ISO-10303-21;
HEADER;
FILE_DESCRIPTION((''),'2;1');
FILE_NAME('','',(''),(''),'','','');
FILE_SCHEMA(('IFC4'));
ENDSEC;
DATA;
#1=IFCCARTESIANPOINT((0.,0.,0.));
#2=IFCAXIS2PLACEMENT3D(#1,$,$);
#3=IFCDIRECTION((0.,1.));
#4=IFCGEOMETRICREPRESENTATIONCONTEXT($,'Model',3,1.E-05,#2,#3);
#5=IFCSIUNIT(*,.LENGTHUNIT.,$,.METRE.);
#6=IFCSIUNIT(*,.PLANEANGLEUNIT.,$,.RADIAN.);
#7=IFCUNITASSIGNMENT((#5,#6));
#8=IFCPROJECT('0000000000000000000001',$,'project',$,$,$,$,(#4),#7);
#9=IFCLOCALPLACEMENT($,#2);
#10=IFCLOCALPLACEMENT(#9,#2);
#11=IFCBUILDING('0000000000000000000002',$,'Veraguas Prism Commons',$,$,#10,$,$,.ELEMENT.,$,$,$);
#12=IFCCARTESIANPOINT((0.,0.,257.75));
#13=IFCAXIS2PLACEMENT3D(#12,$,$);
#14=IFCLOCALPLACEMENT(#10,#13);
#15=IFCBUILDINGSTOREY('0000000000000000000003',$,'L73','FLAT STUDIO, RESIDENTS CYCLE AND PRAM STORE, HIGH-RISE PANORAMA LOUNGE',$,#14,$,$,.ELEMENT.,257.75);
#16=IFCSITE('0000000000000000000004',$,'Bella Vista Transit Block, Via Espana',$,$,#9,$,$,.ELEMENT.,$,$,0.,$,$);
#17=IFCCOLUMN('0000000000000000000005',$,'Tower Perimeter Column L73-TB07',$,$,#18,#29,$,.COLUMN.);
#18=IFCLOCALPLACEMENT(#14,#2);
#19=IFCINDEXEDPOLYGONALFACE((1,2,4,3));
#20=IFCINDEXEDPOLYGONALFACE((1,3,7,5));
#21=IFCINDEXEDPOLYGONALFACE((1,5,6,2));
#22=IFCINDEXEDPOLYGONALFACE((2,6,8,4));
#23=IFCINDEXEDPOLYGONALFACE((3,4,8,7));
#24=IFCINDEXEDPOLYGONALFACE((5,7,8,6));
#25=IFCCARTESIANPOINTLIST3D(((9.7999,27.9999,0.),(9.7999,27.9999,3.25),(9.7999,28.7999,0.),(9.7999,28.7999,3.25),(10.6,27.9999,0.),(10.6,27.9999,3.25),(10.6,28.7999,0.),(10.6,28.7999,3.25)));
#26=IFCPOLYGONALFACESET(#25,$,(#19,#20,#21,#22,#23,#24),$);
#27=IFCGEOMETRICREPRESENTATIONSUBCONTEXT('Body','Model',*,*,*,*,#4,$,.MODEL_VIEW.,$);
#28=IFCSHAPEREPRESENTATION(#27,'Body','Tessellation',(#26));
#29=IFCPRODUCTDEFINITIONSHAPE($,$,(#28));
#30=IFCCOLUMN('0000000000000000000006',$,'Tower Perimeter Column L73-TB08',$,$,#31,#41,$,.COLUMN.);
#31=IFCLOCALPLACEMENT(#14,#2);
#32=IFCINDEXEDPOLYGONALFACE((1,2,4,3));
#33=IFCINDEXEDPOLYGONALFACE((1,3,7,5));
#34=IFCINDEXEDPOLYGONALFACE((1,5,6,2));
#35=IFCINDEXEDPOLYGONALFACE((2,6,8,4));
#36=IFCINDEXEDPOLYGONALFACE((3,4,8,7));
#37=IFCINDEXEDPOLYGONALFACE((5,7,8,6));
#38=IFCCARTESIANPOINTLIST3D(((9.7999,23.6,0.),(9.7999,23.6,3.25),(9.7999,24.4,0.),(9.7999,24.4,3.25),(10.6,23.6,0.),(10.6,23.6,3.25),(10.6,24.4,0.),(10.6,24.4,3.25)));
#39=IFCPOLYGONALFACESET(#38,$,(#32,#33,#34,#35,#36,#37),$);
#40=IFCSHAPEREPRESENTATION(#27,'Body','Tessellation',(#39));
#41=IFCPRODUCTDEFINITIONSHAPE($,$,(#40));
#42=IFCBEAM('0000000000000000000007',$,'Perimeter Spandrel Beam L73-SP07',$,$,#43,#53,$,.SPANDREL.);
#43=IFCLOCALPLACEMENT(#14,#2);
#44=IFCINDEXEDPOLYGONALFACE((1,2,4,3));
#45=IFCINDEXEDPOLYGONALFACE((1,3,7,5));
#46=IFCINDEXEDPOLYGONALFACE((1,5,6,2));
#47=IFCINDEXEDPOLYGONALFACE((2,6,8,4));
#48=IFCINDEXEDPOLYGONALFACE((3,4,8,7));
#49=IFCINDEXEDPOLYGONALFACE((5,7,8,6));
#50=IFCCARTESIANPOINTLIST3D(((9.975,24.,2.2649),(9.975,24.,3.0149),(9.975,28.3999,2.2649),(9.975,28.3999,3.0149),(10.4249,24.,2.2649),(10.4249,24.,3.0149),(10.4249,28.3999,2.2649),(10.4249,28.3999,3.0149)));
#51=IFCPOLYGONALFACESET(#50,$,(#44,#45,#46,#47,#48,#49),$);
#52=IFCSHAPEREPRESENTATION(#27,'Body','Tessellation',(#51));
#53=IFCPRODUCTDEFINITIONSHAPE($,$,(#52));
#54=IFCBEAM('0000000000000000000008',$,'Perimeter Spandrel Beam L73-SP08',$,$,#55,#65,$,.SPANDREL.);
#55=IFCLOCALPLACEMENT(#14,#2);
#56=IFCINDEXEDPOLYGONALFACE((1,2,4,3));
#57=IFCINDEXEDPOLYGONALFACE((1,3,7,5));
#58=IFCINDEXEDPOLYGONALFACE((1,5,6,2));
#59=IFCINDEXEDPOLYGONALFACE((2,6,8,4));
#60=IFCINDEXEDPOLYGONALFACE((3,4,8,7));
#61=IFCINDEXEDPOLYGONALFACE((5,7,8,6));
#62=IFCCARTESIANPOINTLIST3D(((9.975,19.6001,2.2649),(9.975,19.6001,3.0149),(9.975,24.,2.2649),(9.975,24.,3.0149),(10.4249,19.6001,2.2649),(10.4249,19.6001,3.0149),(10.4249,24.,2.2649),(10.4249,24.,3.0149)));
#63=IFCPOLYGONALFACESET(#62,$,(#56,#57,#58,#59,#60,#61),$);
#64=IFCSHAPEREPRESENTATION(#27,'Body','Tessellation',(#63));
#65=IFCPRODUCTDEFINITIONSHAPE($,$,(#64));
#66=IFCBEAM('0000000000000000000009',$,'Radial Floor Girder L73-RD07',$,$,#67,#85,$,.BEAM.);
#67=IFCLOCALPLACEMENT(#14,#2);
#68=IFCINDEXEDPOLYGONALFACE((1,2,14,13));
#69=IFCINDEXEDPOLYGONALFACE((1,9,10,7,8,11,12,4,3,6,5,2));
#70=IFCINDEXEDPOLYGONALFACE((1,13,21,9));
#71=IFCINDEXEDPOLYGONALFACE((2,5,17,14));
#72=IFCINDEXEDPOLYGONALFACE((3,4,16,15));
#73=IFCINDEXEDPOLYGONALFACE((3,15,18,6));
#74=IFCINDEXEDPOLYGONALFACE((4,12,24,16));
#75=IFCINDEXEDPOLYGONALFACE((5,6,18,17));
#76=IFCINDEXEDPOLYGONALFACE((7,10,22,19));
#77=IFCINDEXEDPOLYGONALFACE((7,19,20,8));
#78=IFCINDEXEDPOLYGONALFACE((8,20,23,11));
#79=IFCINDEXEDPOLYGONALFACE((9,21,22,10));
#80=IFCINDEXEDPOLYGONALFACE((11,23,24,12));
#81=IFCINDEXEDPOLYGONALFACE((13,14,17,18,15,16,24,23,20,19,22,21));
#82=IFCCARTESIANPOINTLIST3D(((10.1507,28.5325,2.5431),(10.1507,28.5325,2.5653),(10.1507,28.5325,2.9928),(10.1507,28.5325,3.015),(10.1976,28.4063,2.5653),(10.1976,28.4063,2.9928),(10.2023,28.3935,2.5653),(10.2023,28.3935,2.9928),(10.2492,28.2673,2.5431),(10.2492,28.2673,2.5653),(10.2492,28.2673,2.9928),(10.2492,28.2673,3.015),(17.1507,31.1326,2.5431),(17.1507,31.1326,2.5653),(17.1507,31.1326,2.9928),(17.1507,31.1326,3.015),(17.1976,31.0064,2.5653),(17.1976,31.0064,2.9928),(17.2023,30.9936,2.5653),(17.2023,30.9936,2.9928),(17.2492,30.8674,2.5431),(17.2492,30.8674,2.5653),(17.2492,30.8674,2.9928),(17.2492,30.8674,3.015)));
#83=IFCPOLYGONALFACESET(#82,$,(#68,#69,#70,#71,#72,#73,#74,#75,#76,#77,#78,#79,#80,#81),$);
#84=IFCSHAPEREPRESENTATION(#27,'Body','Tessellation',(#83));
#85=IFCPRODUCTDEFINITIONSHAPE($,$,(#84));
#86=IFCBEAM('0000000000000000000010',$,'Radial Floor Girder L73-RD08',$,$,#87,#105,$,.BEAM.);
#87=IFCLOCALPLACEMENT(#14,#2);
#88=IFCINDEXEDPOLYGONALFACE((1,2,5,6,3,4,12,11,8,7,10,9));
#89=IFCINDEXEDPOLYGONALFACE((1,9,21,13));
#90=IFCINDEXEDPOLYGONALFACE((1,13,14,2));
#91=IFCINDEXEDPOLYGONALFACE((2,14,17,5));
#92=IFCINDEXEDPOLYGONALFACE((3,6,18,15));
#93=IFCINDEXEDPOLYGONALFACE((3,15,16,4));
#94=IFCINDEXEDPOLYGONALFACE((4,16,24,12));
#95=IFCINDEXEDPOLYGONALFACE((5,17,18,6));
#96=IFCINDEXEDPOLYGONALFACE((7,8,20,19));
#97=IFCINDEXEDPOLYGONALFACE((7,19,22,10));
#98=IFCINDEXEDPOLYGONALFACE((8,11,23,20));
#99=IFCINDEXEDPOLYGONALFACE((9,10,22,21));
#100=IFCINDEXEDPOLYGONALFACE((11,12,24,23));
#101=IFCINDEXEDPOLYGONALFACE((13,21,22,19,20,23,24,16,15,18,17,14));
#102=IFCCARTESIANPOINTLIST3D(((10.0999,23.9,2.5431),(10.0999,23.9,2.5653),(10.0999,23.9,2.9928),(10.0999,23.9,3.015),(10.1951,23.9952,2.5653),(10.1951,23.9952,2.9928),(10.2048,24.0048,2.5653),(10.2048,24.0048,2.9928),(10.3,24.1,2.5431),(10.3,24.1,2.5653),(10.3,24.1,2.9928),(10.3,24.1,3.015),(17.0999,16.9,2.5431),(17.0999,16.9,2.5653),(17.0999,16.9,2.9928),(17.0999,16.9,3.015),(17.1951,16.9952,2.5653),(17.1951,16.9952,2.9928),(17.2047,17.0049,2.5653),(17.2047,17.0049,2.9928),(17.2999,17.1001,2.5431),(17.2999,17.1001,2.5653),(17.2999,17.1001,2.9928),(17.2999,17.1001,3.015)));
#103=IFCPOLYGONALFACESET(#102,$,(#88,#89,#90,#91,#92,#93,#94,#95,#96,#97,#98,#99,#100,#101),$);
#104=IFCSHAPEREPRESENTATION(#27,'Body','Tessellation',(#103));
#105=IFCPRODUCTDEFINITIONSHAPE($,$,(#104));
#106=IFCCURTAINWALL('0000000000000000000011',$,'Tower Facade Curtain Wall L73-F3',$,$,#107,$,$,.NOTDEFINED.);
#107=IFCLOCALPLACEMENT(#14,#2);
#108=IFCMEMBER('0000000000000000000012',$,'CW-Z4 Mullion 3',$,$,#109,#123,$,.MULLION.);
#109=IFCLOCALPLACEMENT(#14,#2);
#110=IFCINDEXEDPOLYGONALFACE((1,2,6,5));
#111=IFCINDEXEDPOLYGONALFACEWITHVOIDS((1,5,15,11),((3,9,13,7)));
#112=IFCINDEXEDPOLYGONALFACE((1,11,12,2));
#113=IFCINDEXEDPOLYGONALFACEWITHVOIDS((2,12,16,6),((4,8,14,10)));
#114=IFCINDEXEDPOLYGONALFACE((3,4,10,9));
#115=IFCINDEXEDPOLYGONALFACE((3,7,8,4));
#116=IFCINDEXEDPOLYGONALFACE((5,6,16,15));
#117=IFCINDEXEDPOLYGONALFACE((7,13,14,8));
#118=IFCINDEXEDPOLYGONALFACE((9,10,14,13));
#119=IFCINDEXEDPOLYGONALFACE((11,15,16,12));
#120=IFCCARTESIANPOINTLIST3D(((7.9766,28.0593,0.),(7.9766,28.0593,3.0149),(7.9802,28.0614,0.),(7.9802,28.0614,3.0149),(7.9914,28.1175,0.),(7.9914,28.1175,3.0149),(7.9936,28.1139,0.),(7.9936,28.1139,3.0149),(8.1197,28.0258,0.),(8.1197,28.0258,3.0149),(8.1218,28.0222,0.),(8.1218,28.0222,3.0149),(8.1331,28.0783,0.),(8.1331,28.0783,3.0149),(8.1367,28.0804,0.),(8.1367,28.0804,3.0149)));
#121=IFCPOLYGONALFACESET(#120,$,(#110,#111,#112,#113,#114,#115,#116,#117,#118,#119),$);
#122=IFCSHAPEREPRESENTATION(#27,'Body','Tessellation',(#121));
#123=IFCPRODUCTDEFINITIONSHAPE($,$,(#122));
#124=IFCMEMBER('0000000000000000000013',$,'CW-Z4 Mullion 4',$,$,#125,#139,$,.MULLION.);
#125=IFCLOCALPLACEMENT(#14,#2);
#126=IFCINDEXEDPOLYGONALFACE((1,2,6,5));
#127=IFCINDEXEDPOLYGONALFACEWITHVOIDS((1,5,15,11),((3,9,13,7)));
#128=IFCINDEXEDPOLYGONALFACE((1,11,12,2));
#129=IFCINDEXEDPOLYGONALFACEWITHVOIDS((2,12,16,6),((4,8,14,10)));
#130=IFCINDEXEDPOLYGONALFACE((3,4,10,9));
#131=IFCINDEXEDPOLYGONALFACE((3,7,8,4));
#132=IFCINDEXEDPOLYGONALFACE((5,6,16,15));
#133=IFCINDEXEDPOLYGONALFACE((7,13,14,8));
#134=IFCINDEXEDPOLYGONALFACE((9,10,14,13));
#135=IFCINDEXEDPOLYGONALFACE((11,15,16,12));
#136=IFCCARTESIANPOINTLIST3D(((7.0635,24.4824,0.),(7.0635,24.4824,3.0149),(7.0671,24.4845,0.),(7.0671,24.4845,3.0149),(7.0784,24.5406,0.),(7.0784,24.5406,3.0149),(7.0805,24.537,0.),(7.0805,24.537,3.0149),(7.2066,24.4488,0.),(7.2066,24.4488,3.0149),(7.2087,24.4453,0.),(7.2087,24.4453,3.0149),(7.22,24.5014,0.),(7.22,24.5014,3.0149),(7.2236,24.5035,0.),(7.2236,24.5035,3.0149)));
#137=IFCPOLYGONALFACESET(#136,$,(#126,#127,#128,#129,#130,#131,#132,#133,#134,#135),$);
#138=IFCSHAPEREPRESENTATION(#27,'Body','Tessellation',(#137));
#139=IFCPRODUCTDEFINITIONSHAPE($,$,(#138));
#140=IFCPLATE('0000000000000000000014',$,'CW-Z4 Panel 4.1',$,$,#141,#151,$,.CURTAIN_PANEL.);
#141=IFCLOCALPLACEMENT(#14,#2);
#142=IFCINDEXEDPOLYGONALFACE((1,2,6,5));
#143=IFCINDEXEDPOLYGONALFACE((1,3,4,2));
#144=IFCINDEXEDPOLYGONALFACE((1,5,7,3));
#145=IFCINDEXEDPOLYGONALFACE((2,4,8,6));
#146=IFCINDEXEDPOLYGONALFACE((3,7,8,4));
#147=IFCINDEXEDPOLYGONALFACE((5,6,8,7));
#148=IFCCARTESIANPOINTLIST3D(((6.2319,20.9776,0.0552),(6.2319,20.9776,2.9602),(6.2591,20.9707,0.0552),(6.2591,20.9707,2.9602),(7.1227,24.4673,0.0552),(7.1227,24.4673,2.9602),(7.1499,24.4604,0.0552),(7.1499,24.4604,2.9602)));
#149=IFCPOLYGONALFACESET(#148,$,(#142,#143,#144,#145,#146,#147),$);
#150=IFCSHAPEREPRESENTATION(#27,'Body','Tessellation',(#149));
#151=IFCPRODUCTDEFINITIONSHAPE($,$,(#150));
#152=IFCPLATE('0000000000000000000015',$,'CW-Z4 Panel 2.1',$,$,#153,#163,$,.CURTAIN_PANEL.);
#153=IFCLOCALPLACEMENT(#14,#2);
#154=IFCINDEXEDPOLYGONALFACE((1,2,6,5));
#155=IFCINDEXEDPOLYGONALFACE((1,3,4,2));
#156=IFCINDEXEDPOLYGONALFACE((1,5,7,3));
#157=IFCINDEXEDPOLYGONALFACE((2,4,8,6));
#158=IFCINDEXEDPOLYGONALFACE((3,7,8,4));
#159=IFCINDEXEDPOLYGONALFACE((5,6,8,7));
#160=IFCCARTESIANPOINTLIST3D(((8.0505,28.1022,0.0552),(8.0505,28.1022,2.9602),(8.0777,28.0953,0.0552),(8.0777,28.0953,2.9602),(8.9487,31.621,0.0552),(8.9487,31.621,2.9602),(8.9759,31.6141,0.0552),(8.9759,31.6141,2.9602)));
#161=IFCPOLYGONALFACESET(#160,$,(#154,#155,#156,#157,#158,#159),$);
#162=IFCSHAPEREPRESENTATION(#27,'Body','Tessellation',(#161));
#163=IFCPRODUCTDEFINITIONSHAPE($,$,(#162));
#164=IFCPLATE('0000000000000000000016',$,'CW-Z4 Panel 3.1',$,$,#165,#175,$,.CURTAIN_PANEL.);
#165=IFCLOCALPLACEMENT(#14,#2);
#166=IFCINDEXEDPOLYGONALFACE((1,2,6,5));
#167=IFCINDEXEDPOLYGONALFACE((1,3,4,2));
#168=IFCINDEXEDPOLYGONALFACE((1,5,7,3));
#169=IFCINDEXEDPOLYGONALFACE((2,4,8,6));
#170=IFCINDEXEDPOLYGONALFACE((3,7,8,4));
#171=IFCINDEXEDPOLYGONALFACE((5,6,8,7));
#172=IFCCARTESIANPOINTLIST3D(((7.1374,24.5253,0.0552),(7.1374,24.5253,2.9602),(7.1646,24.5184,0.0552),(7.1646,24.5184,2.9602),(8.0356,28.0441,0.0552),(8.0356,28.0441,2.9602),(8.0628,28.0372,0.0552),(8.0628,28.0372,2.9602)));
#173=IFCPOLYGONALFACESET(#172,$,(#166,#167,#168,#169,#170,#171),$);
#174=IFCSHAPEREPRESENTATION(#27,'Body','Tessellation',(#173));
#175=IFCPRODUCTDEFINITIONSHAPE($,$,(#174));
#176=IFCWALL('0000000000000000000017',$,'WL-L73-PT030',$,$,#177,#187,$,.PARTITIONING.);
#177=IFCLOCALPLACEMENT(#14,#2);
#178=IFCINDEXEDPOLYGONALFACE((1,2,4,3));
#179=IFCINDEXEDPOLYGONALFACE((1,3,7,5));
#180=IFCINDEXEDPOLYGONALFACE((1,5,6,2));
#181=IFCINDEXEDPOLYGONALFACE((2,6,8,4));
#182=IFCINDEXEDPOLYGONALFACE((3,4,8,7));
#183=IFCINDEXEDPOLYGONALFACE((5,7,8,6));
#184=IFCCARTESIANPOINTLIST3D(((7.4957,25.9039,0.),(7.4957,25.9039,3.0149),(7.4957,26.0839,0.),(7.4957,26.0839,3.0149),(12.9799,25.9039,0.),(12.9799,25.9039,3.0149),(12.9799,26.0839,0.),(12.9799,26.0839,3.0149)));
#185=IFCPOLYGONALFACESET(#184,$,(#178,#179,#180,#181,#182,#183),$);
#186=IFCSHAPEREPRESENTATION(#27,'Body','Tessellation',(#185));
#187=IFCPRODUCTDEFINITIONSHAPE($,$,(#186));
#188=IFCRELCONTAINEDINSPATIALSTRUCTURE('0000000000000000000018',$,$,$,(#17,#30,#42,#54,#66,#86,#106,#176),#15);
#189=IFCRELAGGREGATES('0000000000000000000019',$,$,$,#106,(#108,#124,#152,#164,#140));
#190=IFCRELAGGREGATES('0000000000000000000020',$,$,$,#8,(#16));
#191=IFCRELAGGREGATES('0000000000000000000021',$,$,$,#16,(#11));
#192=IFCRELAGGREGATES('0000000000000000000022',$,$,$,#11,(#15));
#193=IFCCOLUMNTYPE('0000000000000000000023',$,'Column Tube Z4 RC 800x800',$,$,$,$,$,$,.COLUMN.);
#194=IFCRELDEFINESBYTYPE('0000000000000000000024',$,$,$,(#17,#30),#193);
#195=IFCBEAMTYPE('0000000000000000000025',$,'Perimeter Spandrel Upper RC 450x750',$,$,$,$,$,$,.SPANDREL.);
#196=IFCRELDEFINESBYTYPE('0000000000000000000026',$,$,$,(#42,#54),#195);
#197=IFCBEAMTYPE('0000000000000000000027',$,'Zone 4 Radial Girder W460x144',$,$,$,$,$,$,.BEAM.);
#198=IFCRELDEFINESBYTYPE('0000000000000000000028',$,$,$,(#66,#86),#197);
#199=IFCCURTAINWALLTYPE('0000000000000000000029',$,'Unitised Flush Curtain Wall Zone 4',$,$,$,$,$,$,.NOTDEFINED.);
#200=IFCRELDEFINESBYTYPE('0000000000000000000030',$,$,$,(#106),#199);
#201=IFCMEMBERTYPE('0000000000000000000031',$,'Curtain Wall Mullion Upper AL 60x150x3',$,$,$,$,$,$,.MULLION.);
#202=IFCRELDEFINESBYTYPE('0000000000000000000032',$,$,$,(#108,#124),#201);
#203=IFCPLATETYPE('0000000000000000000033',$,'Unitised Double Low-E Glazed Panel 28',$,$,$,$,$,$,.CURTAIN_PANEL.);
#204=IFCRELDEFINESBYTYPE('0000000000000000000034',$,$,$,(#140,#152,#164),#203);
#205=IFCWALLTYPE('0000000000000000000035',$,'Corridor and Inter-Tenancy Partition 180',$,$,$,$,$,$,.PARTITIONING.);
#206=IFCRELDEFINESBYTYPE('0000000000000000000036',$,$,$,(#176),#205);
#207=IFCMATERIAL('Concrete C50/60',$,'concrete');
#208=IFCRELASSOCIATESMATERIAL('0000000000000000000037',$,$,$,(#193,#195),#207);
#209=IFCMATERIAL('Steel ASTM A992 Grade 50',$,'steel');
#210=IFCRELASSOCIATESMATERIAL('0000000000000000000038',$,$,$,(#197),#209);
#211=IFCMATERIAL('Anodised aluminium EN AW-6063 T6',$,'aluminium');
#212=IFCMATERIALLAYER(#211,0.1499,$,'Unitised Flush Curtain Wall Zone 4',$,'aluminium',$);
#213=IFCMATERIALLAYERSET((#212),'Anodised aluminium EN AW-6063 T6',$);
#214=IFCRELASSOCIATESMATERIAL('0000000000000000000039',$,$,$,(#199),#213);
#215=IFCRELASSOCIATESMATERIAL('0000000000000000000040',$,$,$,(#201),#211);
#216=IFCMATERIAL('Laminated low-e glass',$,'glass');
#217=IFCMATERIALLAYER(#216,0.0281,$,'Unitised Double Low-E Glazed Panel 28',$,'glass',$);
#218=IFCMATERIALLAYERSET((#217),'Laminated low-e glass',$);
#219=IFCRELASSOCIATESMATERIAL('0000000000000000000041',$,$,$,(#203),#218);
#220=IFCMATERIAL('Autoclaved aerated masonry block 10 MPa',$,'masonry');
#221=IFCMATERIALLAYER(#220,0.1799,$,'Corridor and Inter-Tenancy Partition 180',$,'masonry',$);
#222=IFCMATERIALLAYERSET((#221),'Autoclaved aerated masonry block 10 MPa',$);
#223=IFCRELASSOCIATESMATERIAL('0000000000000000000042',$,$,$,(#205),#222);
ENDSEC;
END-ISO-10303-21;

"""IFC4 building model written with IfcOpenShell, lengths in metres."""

from ifc_helpers import new_model, si_unit, direction, frame, frame_2d, origin, origin_2d, place, context, subcontext, project, spatial, rectangle, hollow_rectangle, i_section, extrude, source, transform, mapped, material, layer, layer_set, material_profile, profile_set, type_object, element, aggregate, save


model = new_model("IFC4")

# Units and contexts
model_context = context("Model", 3, precision=1e-05, world=origin(), true_north=direction((0.0, 1.0)))
body_context = subcontext(model_context, "Body", "Model", "MODEL_VIEW")
ifc_project = project(units=[si_unit("LENGTHUNIT", "METRE"), si_unit("PLANEANGLEUNIT", "RADIAN")], contexts=[model_context])

# Site, building, storey
site_placement = place(None, origin())
site = spatial("IfcSite", under=ifc_project, at=site_placement, Name="Bella Vista Transit Block, Via Espana", CompositionType="ELEMENT", RefElevation=0.0)
building_placement = place(site_placement, origin())
building = spatial("IfcBuilding", under=site, at=building_placement, Name="Veraguas Prism Commons", CompositionType="ELEMENT")
storey_placement = place(building_placement, frame((0.0, 0.0, 257.75)))
storey = spatial("IfcBuildingStorey", under=building, at=storey_placement, Name="L73", Description="FLAT STUDIO, RESIDENTS CYCLE AND PRAM STORE, HIGH-RISE PANORAMA LOUNGE", CompositionType="ELEMENT", Elevation=257.75)

# Columns
ifc_material_1 = material(Name="Concrete C50/60", Category="concrete")
ifc_material_profile_1 = material_profile(ifc_material_1, rectangle(XDim=0.8, YDim=0.8, at=origin_2d()), Name="RC800X800")
ifc_profile_set_1 = profile_set([ifc_material_profile_1], Name="Concrete C50/60")
column_type = type_object("IfcColumnType", Name="Column Tube Z4 RC 800x800", PredefinedType="COLUMN", material=ifc_profile_set_1)
for number, where, z_axis, x_axis, name in (
    (1, (10.2, 28.3999, 0.0), (0.0, 0.0, 1.0), (1.0, 0.0, 0.0), "Tower Perimeter Column L73-TB07"),
    (2, (10.2, 24.0, 0.0), (0.0, 0.0, 1.0), (1.0, 0.0, 0.0), "Tower Perimeter Column L73-TB08"),
):
    element("IfcColumn", number, at=place(storey_placement, frame(where, z_axis=z_axis, x_axis=x_axis)), inside=storey, type_object=column_type, Name=name, PredefinedType="COLUMN", context=body_context, shape_type="SweptSolid", body=[
        extrude(rectangle(XDim=0.8, YDim=0.8, at=origin_2d()), origin(), (0.0, 0.0, 1.0), 3.25),
    ])

# Beams
ifc_material_profile_2 = material_profile(ifc_material_1, rectangle(XDim=0.45, YDim=0.75, at=origin_2d()), Name="RC450X750")
ifc_profile_set_2 = profile_set([ifc_material_profile_2], Name="Concrete C50/60")
beam_type_1 = type_object("IfcBeamType", Name="Perimeter Spandrel Upper RC 450x750", PredefinedType="SPANDREL", material=ifc_profile_set_2)
for number, where, z_axis, x_axis, name in (
    (3, (10.2, 28.3999, 2.6399), (0.0, -1.0, 0.0), (1.0, 0.0, 0.0), "Perimeter Spandrel Beam L73-SP07"),
    (4, (10.2, 24.0, 2.6399), (0.0, -1.0, 0.0), (1.0, 0.0, 0.0), "Perimeter Spandrel Beam L73-SP08"),
):
    element("IfcBeam", number, at=place(storey_placement, frame(where, z_axis=z_axis, x_axis=x_axis)), inside=storey, type_object=beam_type_1, Name=name, PredefinedType="SPANDREL", context=body_context, shape_type="SweptSolid", body=[
        extrude(rectangle(XDim=0.45, YDim=0.75, at=origin_2d()), origin(), (0.0, 0.0, 1.0), 4.3999),
    ])
ifc_material_2 = material(Name="Steel ASTM A992 Grade 50", Category="steel")
ifc_material_profile_3 = material_profile(ifc_material_2, i_section(OverallWidth=0.283, OverallDepth=0.4719, WebThickness=0.0137, FlangeThickness=0.0222, at=origin_2d()), Name="W460X144")
ifc_profile_set_3 = profile_set([ifc_material_profile_3], Name="Steel ASTM A992 Grade 50")
beam_type_2 = type_object("IfcBeamType", Name="Zone 4 Radial Girder W460x144", PredefinedType="BEAM", material=ifc_profile_set_3)
beam_1_placement = place(storey_placement, frame((10.2, 28.3999, 2.7791), z_axis=(0.937421, 0.348198, 0.0), x_axis=(-0.348198, 0.937421, 0.0)))
element("IfcBeam", 5, at=beam_1_placement, inside=storey, type_object=beam_type_2, Name="Radial Floor Girder L73-RD07", PredefinedType="BEAM", context=body_context, shape_type="SweptSolid", body=[
    extrude(i_section(OverallWidth=0.283, OverallDepth=0.4719, WebThickness=0.0137, FlangeThickness=0.0222, at=origin_2d()), origin(), (0.0, 0.0, 1.0), 7.4673),
])
beam_2_placement = place(storey_placement, frame((10.2, 24.0, 2.7791), z_axis=(0.707107, -0.707107, 0.0), x_axis=(0.707107, 0.707107, 0.0)))
element("IfcBeam", 6, at=beam_2_placement, inside=storey, type_object=beam_type_2, Name="Radial Floor Girder L73-RD08", PredefinedType="BEAM", context=body_context, shape_type="SweptSolid", body=[
    extrude(i_section(OverallWidth=0.283, OverallDepth=0.4719, WebThickness=0.0137, FlangeThickness=0.0222, at=origin_2d()), origin(), (0.0, 0.0, 1.0), 9.8994),
])

# Curtain wall, members, plates
ifc_material_3 = material(Name="Anodised aluminium EN AW-6063 T6", Category="aluminium")
ifc_layer_1 = layer(ifc_material_3, 0.1499, Name="Unitised Flush Curtain Wall Zone 4", Category="aluminium")
ifc_layer_set_1 = layer_set([ifc_layer_1], Name="Anodised aluminium EN AW-6063 T6")
curtain_wall_type = type_object("IfcCurtainWallType", Name="Unitised Flush Curtain Wall Zone 4", PredefinedType="NOTDEFINED", material=ifc_layer_set_1)
curtain_wall_placement = place(storey_placement, origin())
curtain_wall = element("IfcCurtainWall", 7, at=curtain_wall_placement, inside=storey, type_object=curtain_wall_type, Name="Tower Facade Curtain Wall L73-F3", PredefinedType="NOTDEFINED")
ifc_material_profile_4 = material_profile(ifc_material_3, hollow_rectangle(XDim=0.0601, YDim=0.1499, WallThickness=0.0029, at=origin_2d()), Name="AL60X150X3")
ifc_profile_set_4 = profile_set([ifc_material_profile_4], Name="Anodised aluminium EN AW-6063 T6")
member_type = type_object("IfcMemberType", Name="Curtain Wall Mullion Upper AL 60x150x3", PredefinedType="MULLION", material=ifc_profile_set_4)
shared_shape_1 = source(origin(), body_context, "Body", "SweptSolid", [
    extrude(hollow_rectangle(XDim=0.0601, YDim=0.1499, WallThickness=0.0029, at=origin_2d()), origin(), (0.0, 0.0, 1.0), 3.0149),
])
member_1_placement = place(storey_placement, frame((8.0566, 28.0698, 0.0), z_axis=(0.0, 0.0, 1.0), x_axis=(-0.247339, -0.968929, 0.0)))
member_1 = element("IfcMember", 8, at=member_1_placement, type_object=member_type, Name="CW-Z4 Mullion 3", PredefinedType="MULLION", context=body_context, shape_type="MappedRepresentation", body=[
    mapped(shared_shape_1, transform((0.0, 0.0, 0.0), scale=1.0)),
])
member_2_placement = place(storey_placement, frame((7.1436, 24.4929, 0.0), z_axis=(0.0, 0.0, 1.0), x_axis=(-0.247339, -0.968929, 0.0)))
member_2 = element("IfcMember", 9, at=member_2_placement, type_object=member_type, Name="CW-Z4 Mullion 4", PredefinedType="MULLION", context=body_context, shape_type="MappedRepresentation", body=[
    mapped(shared_shape_1, transform((0.0, 0.0, 0.0), scale=1.0)),
])
ifc_material_4 = material(Name="Laminated low-e glass", Category="glass")
ifc_layer_2 = layer(ifc_material_4, 0.0281, Name="Unitised Double Low-E Glazed Panel 28", Category="glass")
ifc_layer_set_2 = layer_set([ifc_layer_2], Name="Laminated low-e glass")
plate_type = type_object("IfcPlateType", Name="Unitised Double Low-E Glazed Panel 28", PredefinedType="CURTAIN_PANEL", material=ifc_layer_set_2)
shared_shape_2 = source(origin(), body_context, "Body", "SweptSolid", [
    extrude(rectangle(XDim=3.6016, YDim=0.0281, at=origin_2d()), origin(), (0.0, 0.0, 1.0), 2.905),
])
plate_1_placement = place(storey_placement, frame((6.6909, 22.719, 0.0552), z_axis=(0.0, 0.0, 1.0), x_axis=(-0.247339, -0.968929, 0.0)))
plate_1 = element("IfcPlate", 10, at=plate_1_placement, type_object=plate_type, Name="CW-Z4 Panel 4.1", PredefinedType="CURTAIN_PANEL", context=body_context, shape_type="MappedRepresentation", body=[
    mapped(shared_shape_2, transform((0.0, 0.0, 0.0), scale=1.0)),
])
shared_shape_3 = source(origin(), body_context, "Body", "SweptSolid", [
    extrude(rectangle(XDim=3.6316, YDim=0.0281, at=origin_2d()), origin(), (0.0, 0.0, 1.0), 2.905),
])
plate_2_placement = place(storey_placement, frame((8.5132, 29.8582, 0.0552), z_axis=(0.0, 0.0, 1.0), x_axis=(-0.247339, -0.968929, 0.0)))
plate_2 = element("IfcPlate", 11, at=plate_2_placement, type_object=plate_type, Name="CW-Z4 Panel 2.1", PredefinedType="CURTAIN_PANEL", context=body_context, shape_type="MappedRepresentation", body=[
    mapped(shared_shape_3, transform((0.0, 0.0, 0.0), scale=1.0)),
])
plate_3_placement = place(storey_placement, frame((7.6001, 26.2812, 0.0552), z_axis=(0.0, 0.0, 1.0), x_axis=(-0.247339, -0.968929, 0.0)))
plate_3 = element("IfcPlate", 12, at=plate_3_placement, type_object=plate_type, Name="CW-Z4 Panel 3.1", PredefinedType="CURTAIN_PANEL", context=body_context, shape_type="MappedRepresentation", body=[
    mapped(shared_shape_3, transform((0.0, 0.0, 0.0), scale=1.0)),
])
aggregate(curtain_wall, [member_1, member_2, plate_2, plate_3, plate_1])

# Wall
ifc_material_5 = material(Name="Autoclaved aerated masonry block 10 MPa", Category="masonry")
ifc_layer_3 = layer(ifc_material_5, 0.1799, Name="Corridor and Inter-Tenancy Partition 180", Category="masonry")
ifc_layer_set_3 = layer_set([ifc_layer_3], Name="Autoclaved aerated masonry block 10 MPa")
wall_type = type_object("IfcWallType", Name="Corridor and Inter-Tenancy Partition 180", PredefinedType="PARTITIONING", material=ifc_layer_set_3)
wall_1_placement = place(storey_placement, frame((12.98, 25.9939, 0.0), z_axis=(0.0, 0.0, 1.0), x_axis=(-1.0, 0.0, 0.0)))
element("IfcWall", 13, at=wall_1_placement, inside=storey, type_object=wall_type, Name="WL-L73-PT030", PredefinedType="PARTITIONING", context=body_context, shape_type="SweptSolid", body=[
    extrude(rectangle(XDim=5.4841, YDim=0.1799, at=frame_2d((2.7422, 0.0))), origin(), (0.0, 0.0, 1.0), 3.0149),
])

save(model, "model.ifc")
